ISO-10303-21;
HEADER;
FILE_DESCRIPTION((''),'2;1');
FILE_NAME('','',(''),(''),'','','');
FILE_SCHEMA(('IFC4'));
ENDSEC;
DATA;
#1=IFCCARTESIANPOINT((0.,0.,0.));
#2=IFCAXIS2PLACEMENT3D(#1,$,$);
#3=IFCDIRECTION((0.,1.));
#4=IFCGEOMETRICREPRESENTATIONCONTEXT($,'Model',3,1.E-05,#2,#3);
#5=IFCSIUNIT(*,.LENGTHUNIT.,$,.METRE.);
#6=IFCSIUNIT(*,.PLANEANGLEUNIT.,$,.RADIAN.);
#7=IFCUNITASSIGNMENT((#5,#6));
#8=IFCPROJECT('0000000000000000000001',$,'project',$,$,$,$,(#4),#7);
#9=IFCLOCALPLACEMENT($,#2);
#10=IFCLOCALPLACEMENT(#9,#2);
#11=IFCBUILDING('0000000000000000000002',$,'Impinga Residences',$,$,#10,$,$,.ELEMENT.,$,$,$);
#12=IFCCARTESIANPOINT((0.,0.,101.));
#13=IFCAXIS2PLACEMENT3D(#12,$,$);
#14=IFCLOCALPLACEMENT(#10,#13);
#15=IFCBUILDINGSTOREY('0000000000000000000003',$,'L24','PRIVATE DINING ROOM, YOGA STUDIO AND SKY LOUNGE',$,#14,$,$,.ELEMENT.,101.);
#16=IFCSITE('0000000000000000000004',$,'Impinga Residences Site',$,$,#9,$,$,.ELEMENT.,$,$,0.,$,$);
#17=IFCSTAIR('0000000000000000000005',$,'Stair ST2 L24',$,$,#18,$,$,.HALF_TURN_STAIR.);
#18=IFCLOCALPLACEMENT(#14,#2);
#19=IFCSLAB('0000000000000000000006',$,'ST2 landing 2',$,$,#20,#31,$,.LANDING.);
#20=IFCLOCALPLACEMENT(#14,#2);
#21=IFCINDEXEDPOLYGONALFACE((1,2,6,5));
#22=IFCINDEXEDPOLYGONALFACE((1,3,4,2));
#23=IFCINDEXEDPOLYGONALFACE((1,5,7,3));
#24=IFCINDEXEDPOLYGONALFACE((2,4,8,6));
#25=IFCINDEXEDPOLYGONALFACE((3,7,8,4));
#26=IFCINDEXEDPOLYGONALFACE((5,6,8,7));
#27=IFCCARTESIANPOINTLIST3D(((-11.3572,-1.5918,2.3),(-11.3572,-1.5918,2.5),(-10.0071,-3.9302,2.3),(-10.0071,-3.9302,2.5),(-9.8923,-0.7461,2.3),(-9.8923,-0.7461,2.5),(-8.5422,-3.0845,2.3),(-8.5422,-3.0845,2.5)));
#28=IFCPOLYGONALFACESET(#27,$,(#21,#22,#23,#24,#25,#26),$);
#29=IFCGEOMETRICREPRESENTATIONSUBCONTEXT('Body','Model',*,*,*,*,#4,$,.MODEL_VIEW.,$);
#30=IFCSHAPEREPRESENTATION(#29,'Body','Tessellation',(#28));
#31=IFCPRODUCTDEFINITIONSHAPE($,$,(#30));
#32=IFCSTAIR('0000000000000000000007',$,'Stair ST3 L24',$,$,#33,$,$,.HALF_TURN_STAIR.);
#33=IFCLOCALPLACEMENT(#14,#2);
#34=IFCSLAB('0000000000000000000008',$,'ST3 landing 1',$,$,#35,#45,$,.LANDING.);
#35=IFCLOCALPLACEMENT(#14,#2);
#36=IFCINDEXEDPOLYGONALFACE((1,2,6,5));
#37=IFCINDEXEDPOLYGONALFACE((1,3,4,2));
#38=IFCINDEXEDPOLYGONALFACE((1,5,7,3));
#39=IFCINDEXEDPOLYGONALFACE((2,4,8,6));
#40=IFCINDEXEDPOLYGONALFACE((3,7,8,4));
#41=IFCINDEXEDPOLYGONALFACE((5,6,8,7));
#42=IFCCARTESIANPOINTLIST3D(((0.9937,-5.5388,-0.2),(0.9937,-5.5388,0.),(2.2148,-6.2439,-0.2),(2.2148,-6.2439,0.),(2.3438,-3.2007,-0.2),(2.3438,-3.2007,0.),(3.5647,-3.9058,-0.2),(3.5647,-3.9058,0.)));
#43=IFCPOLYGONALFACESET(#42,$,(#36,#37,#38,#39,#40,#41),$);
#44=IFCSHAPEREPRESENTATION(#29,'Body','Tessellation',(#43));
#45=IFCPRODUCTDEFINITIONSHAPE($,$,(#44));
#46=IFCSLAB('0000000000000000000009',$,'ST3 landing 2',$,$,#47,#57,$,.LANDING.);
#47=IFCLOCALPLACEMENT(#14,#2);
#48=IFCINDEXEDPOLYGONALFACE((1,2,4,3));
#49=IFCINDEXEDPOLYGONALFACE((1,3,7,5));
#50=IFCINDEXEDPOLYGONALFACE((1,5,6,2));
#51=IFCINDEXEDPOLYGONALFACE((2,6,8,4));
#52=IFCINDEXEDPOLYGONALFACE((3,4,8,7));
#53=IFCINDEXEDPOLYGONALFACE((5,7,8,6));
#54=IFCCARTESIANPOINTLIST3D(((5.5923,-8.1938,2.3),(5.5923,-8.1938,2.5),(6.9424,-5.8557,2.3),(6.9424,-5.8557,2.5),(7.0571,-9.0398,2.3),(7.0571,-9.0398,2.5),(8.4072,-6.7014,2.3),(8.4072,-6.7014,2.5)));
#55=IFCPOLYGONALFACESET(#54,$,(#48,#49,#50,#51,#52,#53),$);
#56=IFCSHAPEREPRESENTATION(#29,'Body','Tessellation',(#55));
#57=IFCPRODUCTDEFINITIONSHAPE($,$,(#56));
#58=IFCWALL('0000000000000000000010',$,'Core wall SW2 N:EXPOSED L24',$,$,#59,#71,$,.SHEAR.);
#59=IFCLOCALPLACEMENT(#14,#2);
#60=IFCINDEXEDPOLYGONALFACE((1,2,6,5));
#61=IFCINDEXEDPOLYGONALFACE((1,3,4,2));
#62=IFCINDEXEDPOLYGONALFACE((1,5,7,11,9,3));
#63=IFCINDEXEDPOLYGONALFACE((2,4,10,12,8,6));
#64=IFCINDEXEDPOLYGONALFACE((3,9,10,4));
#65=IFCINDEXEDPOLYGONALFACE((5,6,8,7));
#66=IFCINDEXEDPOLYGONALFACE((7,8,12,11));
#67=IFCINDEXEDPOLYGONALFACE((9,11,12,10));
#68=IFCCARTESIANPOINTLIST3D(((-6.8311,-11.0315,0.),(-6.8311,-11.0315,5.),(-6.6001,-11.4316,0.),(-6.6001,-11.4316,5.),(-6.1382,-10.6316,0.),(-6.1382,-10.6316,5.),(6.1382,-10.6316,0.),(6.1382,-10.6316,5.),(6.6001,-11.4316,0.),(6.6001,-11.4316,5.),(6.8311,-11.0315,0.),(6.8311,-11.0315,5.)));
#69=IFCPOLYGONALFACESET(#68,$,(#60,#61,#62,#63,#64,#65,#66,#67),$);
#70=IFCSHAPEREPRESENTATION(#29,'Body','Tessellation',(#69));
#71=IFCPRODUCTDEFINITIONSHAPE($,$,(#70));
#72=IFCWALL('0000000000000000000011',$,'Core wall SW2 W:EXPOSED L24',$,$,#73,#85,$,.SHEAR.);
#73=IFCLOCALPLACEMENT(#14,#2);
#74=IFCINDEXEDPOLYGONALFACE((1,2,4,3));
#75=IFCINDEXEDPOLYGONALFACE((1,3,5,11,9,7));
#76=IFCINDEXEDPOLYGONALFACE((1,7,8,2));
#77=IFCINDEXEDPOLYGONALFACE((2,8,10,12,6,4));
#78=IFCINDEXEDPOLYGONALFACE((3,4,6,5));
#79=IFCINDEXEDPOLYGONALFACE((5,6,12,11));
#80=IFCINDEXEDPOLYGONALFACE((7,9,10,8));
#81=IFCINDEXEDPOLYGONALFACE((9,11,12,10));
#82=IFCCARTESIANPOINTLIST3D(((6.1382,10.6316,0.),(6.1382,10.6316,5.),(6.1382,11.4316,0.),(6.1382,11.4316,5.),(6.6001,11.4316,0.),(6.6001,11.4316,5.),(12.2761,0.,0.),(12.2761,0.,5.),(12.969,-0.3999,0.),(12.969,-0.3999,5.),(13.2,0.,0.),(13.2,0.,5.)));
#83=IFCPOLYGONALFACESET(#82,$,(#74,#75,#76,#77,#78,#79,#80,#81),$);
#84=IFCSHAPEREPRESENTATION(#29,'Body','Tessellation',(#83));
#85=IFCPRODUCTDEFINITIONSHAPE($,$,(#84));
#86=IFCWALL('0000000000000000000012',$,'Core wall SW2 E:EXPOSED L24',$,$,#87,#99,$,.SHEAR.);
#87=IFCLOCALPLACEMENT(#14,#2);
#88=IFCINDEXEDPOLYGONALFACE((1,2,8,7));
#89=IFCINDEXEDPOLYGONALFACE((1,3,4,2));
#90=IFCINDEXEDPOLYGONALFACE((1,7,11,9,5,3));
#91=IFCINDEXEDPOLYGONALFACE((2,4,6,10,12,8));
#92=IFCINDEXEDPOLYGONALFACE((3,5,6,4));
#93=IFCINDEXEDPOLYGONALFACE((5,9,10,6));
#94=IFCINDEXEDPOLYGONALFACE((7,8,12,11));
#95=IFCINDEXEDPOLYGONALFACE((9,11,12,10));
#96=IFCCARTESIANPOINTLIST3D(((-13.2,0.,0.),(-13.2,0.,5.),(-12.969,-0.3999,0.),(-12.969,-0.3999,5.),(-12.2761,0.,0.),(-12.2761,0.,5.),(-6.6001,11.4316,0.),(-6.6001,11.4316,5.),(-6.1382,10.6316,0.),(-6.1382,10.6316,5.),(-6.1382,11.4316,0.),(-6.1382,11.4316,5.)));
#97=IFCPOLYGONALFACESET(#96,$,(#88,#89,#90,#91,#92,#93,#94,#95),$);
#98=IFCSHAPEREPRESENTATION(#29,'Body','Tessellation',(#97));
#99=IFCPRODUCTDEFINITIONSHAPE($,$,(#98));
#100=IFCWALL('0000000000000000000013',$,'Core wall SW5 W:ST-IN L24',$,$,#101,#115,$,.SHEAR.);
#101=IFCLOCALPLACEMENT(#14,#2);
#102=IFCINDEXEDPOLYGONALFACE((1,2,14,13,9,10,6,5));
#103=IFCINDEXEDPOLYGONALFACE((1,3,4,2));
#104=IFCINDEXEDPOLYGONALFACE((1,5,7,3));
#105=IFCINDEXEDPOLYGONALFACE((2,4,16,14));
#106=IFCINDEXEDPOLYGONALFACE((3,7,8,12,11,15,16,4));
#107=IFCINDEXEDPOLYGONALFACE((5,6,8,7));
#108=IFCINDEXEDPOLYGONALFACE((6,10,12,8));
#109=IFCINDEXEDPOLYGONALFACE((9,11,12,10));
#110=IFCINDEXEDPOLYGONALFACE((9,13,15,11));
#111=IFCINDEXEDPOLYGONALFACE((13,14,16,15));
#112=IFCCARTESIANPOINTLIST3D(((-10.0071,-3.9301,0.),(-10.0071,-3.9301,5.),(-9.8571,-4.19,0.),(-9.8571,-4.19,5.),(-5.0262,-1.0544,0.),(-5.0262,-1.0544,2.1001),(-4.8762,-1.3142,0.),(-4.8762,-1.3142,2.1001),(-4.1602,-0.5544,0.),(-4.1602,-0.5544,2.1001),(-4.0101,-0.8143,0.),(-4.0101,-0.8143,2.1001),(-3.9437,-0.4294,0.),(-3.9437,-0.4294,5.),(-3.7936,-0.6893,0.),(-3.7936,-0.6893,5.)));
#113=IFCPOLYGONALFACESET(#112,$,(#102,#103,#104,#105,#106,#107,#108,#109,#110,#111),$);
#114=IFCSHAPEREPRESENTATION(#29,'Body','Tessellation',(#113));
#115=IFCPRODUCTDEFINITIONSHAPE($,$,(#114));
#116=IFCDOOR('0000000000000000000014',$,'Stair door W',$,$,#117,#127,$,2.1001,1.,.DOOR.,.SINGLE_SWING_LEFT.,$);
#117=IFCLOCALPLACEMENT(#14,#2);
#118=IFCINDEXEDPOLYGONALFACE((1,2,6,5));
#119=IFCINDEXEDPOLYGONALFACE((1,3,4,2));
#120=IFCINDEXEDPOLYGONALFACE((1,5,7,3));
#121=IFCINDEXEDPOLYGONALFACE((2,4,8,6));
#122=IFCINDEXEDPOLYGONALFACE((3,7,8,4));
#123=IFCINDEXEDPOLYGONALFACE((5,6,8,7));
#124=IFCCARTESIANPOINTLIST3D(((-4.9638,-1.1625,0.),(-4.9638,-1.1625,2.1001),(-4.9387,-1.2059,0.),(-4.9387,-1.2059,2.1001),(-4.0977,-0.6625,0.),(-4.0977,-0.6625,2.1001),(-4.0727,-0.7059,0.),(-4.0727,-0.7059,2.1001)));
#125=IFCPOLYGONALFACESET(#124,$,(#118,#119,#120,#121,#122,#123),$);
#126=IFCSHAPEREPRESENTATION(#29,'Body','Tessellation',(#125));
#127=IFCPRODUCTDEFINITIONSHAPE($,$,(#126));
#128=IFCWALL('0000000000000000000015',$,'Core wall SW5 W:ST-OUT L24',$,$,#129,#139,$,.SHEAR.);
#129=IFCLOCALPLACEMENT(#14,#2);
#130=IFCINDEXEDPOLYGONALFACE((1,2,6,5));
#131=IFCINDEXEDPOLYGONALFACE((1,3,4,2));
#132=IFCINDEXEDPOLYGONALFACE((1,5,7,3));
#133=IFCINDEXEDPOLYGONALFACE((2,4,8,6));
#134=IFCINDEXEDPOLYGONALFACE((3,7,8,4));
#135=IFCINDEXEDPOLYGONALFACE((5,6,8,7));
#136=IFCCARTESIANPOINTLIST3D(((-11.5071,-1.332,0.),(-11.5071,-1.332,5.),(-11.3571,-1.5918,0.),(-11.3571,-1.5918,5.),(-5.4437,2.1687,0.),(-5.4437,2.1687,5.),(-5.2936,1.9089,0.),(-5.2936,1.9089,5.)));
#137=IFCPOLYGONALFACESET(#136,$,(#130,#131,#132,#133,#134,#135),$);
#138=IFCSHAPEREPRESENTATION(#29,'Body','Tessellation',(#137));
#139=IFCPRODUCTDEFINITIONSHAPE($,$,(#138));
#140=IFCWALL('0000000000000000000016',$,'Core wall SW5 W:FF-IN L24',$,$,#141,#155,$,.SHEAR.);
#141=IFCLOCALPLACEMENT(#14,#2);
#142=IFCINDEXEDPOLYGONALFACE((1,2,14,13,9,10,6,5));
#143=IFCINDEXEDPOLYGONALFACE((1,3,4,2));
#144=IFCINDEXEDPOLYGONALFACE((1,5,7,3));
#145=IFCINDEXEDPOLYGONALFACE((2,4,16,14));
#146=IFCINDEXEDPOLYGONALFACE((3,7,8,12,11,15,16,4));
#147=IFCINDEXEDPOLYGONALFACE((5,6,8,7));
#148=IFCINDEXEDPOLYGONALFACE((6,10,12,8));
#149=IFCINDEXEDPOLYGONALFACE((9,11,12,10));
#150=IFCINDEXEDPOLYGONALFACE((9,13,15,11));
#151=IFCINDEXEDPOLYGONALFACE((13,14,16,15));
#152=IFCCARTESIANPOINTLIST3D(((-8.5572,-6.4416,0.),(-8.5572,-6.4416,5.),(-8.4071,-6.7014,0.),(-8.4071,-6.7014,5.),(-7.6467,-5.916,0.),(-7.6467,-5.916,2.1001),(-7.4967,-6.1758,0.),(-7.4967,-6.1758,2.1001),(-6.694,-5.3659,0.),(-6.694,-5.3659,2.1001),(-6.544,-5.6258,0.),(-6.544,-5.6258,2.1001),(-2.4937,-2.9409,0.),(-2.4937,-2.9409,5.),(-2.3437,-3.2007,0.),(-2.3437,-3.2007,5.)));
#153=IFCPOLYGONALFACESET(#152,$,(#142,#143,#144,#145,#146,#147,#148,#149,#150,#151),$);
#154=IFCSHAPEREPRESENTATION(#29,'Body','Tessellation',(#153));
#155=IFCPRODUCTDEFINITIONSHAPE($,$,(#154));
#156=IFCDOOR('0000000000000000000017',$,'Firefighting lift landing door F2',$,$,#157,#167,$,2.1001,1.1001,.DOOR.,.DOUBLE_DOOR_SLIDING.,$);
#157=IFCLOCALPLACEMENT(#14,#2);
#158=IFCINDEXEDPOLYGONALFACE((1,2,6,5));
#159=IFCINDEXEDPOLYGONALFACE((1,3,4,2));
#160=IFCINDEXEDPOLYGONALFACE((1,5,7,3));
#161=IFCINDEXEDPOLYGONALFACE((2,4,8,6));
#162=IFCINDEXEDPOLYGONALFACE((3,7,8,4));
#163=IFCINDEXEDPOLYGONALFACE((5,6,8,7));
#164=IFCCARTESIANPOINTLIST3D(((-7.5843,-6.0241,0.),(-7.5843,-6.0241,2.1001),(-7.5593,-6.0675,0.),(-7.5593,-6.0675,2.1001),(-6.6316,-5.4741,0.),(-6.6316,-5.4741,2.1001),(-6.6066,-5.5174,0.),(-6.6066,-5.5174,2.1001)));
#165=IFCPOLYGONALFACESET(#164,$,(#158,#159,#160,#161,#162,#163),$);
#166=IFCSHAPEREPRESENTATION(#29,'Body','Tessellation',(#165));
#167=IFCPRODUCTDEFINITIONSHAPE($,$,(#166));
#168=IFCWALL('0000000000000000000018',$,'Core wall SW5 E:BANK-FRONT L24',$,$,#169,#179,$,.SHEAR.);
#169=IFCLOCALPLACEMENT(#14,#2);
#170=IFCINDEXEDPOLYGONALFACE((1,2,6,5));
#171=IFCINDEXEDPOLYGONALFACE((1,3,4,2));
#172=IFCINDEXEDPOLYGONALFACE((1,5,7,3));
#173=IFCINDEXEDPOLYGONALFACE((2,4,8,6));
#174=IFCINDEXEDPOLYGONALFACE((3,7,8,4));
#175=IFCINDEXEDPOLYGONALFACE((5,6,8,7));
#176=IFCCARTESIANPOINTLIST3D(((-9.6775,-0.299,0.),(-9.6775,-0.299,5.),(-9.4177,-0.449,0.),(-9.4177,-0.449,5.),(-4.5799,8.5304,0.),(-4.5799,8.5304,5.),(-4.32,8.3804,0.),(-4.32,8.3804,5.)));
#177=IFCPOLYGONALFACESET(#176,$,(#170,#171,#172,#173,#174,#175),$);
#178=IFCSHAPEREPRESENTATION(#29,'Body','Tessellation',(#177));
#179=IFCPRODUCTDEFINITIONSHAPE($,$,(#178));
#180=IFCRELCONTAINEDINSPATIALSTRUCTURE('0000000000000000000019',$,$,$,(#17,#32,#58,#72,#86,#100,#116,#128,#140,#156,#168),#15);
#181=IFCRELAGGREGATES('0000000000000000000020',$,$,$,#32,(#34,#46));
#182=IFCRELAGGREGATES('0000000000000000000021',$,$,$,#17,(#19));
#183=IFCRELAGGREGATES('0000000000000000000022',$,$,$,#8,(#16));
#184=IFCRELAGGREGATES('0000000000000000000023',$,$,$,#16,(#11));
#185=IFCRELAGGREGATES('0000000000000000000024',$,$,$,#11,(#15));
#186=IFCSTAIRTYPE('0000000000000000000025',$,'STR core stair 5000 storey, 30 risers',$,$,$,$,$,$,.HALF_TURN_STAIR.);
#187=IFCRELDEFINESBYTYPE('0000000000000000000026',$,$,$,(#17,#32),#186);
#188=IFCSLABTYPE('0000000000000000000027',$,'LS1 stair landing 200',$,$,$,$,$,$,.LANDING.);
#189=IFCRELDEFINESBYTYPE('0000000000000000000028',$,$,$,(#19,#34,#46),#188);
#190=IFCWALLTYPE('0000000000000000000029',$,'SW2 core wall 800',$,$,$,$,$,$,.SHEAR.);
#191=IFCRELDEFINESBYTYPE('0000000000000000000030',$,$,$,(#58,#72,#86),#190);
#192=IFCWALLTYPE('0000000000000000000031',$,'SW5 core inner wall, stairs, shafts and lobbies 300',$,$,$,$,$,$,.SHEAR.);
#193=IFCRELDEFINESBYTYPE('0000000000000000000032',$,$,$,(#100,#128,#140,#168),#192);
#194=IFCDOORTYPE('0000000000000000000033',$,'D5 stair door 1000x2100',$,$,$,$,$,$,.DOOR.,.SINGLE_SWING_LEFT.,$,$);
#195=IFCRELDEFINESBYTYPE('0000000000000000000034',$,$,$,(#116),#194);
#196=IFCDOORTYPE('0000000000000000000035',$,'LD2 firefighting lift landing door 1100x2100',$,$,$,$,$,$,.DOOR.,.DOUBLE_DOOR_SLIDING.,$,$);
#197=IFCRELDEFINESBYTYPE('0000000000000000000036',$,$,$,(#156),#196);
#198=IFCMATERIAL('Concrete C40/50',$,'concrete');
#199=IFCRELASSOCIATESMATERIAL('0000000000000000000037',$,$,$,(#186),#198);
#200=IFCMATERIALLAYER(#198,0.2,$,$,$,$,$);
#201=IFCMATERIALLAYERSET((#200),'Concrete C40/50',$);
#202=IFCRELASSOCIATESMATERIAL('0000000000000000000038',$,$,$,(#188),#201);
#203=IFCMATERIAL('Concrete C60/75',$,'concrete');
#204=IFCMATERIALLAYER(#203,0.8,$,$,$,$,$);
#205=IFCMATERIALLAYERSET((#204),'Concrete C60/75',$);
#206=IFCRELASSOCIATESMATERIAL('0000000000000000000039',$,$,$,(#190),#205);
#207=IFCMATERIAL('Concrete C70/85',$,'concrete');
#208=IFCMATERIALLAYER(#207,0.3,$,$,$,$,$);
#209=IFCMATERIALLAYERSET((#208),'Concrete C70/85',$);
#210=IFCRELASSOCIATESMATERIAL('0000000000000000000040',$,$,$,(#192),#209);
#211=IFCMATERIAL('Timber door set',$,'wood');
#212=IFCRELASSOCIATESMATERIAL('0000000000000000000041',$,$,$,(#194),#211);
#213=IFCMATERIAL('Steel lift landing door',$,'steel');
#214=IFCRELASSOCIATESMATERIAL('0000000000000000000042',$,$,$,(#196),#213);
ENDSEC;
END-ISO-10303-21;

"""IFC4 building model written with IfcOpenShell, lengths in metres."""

from ifc_helpers import new_model, si_unit, direction, frame, frame_2d, origin, place, context, subcontext, project, spatial, polyline, rectangle, outline, extrude, material, layer, layer_set, type_object, element, fill, aggregate, save


model = new_model("IFC4")

# Units and contexts
model_context = context("Model", 3, precision=1e-05, world=origin(), true_north=direction((0.0, 1.0)))
body_context = subcontext(model_context, "Body", "Model", "MODEL_VIEW")
ifc_project = project(units=[si_unit("LENGTHUNIT", "METRE"), si_unit("PLANEANGLEUNIT", "RADIAN")], contexts=[model_context])

# Site, building, storey
site_placement = place(None, origin())
site = spatial("IfcSite", under=ifc_project, at=site_placement, Name="Impinga Residences Site", CompositionType="ELEMENT", RefElevation=0.0)
building_placement = place(site_placement, origin())
building = spatial("IfcBuilding", under=site, at=building_placement, Name="Impinga Residences", CompositionType="ELEMENT")
storey_placement = place(building_placement, frame((0.0, 0.0, 101.0)))
storey = spatial("IfcBuildingStorey", under=building, at=storey_placement, Name="L24", Description="PRIVATE DINING ROOM, YOGA STUDIO AND SKY LOUNGE", CompositionType="ELEMENT", Elevation=101.0)

# Shared definitions
ifc_material_1 = material(Name="Concrete C60/75", Category="concrete")

# Stairs, slabs
ifc_material_2 = material(Name="Concrete C40/50", Category="concrete")
stair_type = type_object("IfcStairType", Name="STR core stair 5000 storey, 30 risers", PredefinedType="HALF_TURN_STAIR", material=ifc_material_2)
ifc_layer_1 = layer(ifc_material_2, 0.2)
ifc_layer_set_1 = layer_set([ifc_layer_1], Name="Concrete C40/50")
slab_type_1 = type_object("IfcSlabType", Name="LS1 stair landing 200", PredefinedType="LANDING", material=ifc_layer_set_1)
stair_1_placement = place(storey_placement, origin())
stair_1 = element("IfcStair", 1, at=stair_1_placement, inside=storey, type_object=stair_type, Name="Stair ST2 L24", PredefinedType="HALF_TURN_STAIR")
slab_1_placement = place(storey_placement, frame((0.0, 0.0, 2.3)))
slab_1 = element("IfcSlab", 2, at=slab_1_placement, type_object=slab_type_1, Name="ST2 landing 2", PredefinedType="LANDING", context=body_context, shape_type="SweptSolid", body=[
    extrude(outline(polyline([(-8.5422, -3.0845), (-9.8923, -0.7461), (-11.3572, -1.5918), (-10.0071, -3.9302), (-8.5422, -3.0845)])), origin(), (0.0, 0.0, 1.0), 0.2),
])
stair_2_placement = place(storey_placement, origin())
stair_2 = element("IfcStair", 3, at=stair_2_placement, inside=storey, type_object=stair_type, Name="Stair ST3 L24", PredefinedType="HALF_TURN_STAIR")
slab_2_placement = place(storey_placement, frame((0.0, 0.0, -0.2)))
slab_2 = element("IfcSlab", 4, at=slab_2_placement, type_object=slab_type_1, Name="ST3 landing 1", PredefinedType="LANDING", context=body_context, shape_type="SweptSolid", body=[
    extrude(outline(polyline([(2.3438, -3.2007), (0.9937, -5.5388), (2.2148, -6.2439), (3.5647, -3.9058), (2.3438, -3.2007)])), origin(), (0.0, 0.0, 1.0), 0.2),
])
slab_3_placement = place(storey_placement, frame((0.0, 0.0, 2.3)))
slab_3 = element("IfcSlab", 5, at=slab_3_placement, type_object=slab_type_1, Name="ST3 landing 2", PredefinedType="LANDING", context=body_context, shape_type="SweptSolid", body=[
    extrude(outline(polyline([(6.9424, -5.8557), (5.5923, -8.1938), (7.0571, -9.0398), (8.4072, -6.7014), (6.9424, -5.8557)])), origin(), (0.0, 0.0, 1.0), 0.2),
])
aggregate(stair_2, [slab_2, slab_3])

# Walls
ifc_layer_2 = layer(ifc_material_1, 0.8)
ifc_layer_set_2 = layer_set([ifc_layer_2], Name="Concrete C60/75")
wall_type_1 = type_object("IfcWallType", Name="SW2 core wall 800", PredefinedType="SHEAR", material=ifc_layer_set_2)
wall_1_placement = place(storey_placement, origin())
element("IfcWall", 6, at=wall_1_placement, inside=storey, type_object=wall_type_1, Name="Core wall SW2 N:EXPOSED L24", PredefinedType="SHEAR", context=body_context, shape_type="SweptSolid", body=[
    extrude(outline(polyline([(-6.6001, -11.4316), (6.6001, -11.4316), (6.8311, -11.0315), (6.1382, -10.6316), (-6.1382, -10.6316), (-6.8311, -11.0315), (-6.6001, -11.4316)])), origin(), (0.0, 0.0, 1.0), 5.0),
])
wall_2_placement = place(storey_placement, origin())
element("IfcWall", 7, at=wall_2_placement, inside=storey, type_object=wall_type_1, Name="Core wall SW2 W:EXPOSED L24", PredefinedType="SHEAR", context=body_context, shape_type="SweptSolid", body=[
    extrude(outline(polyline([(13.2, 0.0), (6.6001, 11.4316), (6.1382, 11.4316), (6.1382, 10.6316), (12.2761, 0.0), (12.969, -0.3999), (13.2, 0.0)])), origin(), (0.0, 0.0, 1.0), 5.0),
])
wall_3_placement = place(storey_placement, origin())
element("IfcWall", 8, at=wall_3_placement, inside=storey, type_object=wall_type_1, Name="Core wall SW2 E:EXPOSED L24", PredefinedType="SHEAR", context=body_context, shape_type="SweptSolid", body=[
    extrude(outline(polyline([(-6.6001, 11.4316), (-13.2, 0.0), (-12.969, -0.3999), (-12.2761, 0.0), (-6.1382, 10.6316), (-6.1382, 11.4316), (-6.6001, 11.4316)])), origin(), (0.0, 0.0, 1.0), 5.0),
])

# Wall, opening, door
ifc_material_3 = material(Name="Concrete C70/85", Category="concrete")
ifc_layer_3 = layer(ifc_material_3, 0.3)
ifc_layer_set_3 = layer_set([ifc_layer_3], Name="Concrete C70/85")
wall_type_2 = type_object("IfcWallType", Name="SW5 core inner wall, stairs, shafts and lobbies 300", PredefinedType="SHEAR", material=ifc_layer_set_3)
wall_4_placement = place(storey_placement, frame((-3.8687, -0.5593, 0.0), z_axis=(0.0, 0.0, 1.0), x_axis=(-0.866026, -0.499998, 0.0)))
wall_4 = element("IfcWall", 9, at=wall_4_placement, inside=storey, type_object=wall_type_2, Name="Core wall SW5 W:ST-IN L24", PredefinedType="SHEAR", context=body_context, shape_type="SweptSolid", body=[
    extrude(rectangle(XDim=7.0015, YDim=0.3, at=frame_2d((3.5007, 0.0))), origin(), (0.0, 0.0, 1.0), 5.0),
])
opening_1_placement = place(wall_4_placement, frame((0.25, 0.0, 0.0)))
opening_1 = element("IfcOpeningElement", 10, at=opening_1_placement, cuts=wall_4, PredefinedType="OPENING", context=body_context, shape_type="SweptSolid", body=[
    extrude(rectangle(XDim=1.0, YDim=2.1001, at=frame_2d((0.5, 1.05))), frame((0.0, 0.1599, 0.0), z_axis=(0.0, -1.0, 0.0), x_axis=(1.0, 0.0, 0.0)), (0.0, 0.0, 1.0), 0.3201),
])
ifc_material_4 = material(Name="Timber door set", Category="wood")
door_type_1 = type_object("IfcDoorType", Name="D5 stair door 1000x2100", OperationType="SINGLE_SWING_LEFT", PredefinedType="DOOR", material=ifc_material_4)
door_1_placement = place(opening_1_placement, origin())
door_1 = element("IfcDoor", 11, at=door_1_placement, inside=storey, type_object=door_type_1, Name="Stair door W", OperationType="SINGLE_SWING_LEFT", OverallHeight=2.1001, OverallWidth=1.0, PredefinedType="DOOR", context=body_context, shape_type="SweptSolid", body=[
    extrude(rectangle(XDim=1.0, YDim=2.1001, at=frame_2d((0.5, 1.05))), frame((0.0, 0.0249, 0.0), z_axis=(0.0, -1.0, 0.0), x_axis=(1.0, 0.0, 0.0)), (0.0, 0.0, 1.0), 0.05),
])
fill(opening_1, door_1)

# Wall
wall_5_placement = place(storey_placement, frame((-5.3687, 2.0388, 0.0), z_axis=(0.0, 0.0, 1.0), x_axis=(-0.866026, -0.499998, 0.0)))
element("IfcWall", 12, at=wall_5_placement, inside=storey, type_object=wall_type_2, Name="Core wall SW5 W:ST-OUT L24", PredefinedType="SHEAR", context=body_context, shape_type="SweptSolid", body=[
    extrude(rectangle(XDim=7.0015, YDim=0.3, at=frame_2d((3.5007, 0.0))), origin(), (0.0, 0.0, 1.0), 5.0),
])

# Wall, opening, door
wall_6_placement = place(storey_placement, frame((-2.4187, -3.0708, 0.0), z_axis=(0.0, 0.0, 1.0), x_axis=(-0.866026, -0.499998, 0.0)))
wall_6 = element("IfcWall", 13, at=wall_6_placement, inside=storey, type_object=wall_type_2, Name="Core wall SW5 W:FF-IN L24", PredefinedType="SHEAR", context=body_context, shape_type="SweptSolid", body=[
    extrude(rectangle(XDim=7.0015, YDim=0.3, at=frame_2d((3.5007, 0.0))), origin(), (0.0, 0.0, 1.0), 5.0),
])
opening_2_placement = place(wall_6_placement, frame((4.8501, 0.0, 0.0)))
opening_2 = element("IfcOpeningElement", 14, at=opening_2_placement, cuts=wall_6, PredefinedType="OPENING", context=body_context, shape_type="SweptSolid", body=[
    extrude(rectangle(XDim=1.1001, YDim=2.1001, at=frame_2d((0.55, 1.05))), frame((0.0, 0.1599, 0.0), z_axis=(0.0, -1.0, 0.0), x_axis=(1.0, 0.0, 0.0)), (0.0, 0.0, 1.0), 0.3201),
])
ifc_material_5 = material(Name="Steel lift landing door", Category="steel")
door_type_2 = type_object("IfcDoorType", Name="LD2 firefighting lift landing door 1100x2100", OperationType="DOUBLE_DOOR_SLIDING", PredefinedType="DOOR", material=ifc_material_5)
door_2_placement = place(opening_2_placement, origin())
door_2 = element("IfcDoor", 15, at=door_2_placement, inside=storey, type_object=door_type_2, Name="Firefighting lift landing door F2", OperationType="DOUBLE_DOOR_SLIDING", OverallHeight=2.1001, OverallWidth=1.1001, PredefinedType="DOOR", context=body_context, shape_type="SweptSolid", body=[
    extrude(rectangle(XDim=1.1001, YDim=2.1001, at=frame_2d((0.55, 1.05))), frame((0.0, 0.0249, 0.0), z_axis=(0.0, -1.0, 0.0), x_axis=(1.0, 0.0, 0.0)), (0.0, 0.0, 1.0), 0.05),
])
fill(opening_2, door_2)

# Wall
wall_7_placement = place(storey_placement, frame((-9.5476, -0.374, 0.0), z_axis=(0.0, 0.0, 1.0), x_axis=(0.500002, 0.866024, 0.0)))
element("IfcWall", 16, at=wall_7_placement, inside=storey, type_object=wall_type_2, Name="Core wall SW5 E:BANK-FRONT L24", PredefinedType="SHEAR", context=body_context, shape_type="SweptSolid", body=[
    extrude(rectangle(XDim=10.1953, YDim=0.3, at=frame_2d((5.0977, 0.0))), origin(), (0.0, 0.0, 1.0), 5.0),
])

aggregate(stair_1, [slab_1])

save(model, "model.ifc")
